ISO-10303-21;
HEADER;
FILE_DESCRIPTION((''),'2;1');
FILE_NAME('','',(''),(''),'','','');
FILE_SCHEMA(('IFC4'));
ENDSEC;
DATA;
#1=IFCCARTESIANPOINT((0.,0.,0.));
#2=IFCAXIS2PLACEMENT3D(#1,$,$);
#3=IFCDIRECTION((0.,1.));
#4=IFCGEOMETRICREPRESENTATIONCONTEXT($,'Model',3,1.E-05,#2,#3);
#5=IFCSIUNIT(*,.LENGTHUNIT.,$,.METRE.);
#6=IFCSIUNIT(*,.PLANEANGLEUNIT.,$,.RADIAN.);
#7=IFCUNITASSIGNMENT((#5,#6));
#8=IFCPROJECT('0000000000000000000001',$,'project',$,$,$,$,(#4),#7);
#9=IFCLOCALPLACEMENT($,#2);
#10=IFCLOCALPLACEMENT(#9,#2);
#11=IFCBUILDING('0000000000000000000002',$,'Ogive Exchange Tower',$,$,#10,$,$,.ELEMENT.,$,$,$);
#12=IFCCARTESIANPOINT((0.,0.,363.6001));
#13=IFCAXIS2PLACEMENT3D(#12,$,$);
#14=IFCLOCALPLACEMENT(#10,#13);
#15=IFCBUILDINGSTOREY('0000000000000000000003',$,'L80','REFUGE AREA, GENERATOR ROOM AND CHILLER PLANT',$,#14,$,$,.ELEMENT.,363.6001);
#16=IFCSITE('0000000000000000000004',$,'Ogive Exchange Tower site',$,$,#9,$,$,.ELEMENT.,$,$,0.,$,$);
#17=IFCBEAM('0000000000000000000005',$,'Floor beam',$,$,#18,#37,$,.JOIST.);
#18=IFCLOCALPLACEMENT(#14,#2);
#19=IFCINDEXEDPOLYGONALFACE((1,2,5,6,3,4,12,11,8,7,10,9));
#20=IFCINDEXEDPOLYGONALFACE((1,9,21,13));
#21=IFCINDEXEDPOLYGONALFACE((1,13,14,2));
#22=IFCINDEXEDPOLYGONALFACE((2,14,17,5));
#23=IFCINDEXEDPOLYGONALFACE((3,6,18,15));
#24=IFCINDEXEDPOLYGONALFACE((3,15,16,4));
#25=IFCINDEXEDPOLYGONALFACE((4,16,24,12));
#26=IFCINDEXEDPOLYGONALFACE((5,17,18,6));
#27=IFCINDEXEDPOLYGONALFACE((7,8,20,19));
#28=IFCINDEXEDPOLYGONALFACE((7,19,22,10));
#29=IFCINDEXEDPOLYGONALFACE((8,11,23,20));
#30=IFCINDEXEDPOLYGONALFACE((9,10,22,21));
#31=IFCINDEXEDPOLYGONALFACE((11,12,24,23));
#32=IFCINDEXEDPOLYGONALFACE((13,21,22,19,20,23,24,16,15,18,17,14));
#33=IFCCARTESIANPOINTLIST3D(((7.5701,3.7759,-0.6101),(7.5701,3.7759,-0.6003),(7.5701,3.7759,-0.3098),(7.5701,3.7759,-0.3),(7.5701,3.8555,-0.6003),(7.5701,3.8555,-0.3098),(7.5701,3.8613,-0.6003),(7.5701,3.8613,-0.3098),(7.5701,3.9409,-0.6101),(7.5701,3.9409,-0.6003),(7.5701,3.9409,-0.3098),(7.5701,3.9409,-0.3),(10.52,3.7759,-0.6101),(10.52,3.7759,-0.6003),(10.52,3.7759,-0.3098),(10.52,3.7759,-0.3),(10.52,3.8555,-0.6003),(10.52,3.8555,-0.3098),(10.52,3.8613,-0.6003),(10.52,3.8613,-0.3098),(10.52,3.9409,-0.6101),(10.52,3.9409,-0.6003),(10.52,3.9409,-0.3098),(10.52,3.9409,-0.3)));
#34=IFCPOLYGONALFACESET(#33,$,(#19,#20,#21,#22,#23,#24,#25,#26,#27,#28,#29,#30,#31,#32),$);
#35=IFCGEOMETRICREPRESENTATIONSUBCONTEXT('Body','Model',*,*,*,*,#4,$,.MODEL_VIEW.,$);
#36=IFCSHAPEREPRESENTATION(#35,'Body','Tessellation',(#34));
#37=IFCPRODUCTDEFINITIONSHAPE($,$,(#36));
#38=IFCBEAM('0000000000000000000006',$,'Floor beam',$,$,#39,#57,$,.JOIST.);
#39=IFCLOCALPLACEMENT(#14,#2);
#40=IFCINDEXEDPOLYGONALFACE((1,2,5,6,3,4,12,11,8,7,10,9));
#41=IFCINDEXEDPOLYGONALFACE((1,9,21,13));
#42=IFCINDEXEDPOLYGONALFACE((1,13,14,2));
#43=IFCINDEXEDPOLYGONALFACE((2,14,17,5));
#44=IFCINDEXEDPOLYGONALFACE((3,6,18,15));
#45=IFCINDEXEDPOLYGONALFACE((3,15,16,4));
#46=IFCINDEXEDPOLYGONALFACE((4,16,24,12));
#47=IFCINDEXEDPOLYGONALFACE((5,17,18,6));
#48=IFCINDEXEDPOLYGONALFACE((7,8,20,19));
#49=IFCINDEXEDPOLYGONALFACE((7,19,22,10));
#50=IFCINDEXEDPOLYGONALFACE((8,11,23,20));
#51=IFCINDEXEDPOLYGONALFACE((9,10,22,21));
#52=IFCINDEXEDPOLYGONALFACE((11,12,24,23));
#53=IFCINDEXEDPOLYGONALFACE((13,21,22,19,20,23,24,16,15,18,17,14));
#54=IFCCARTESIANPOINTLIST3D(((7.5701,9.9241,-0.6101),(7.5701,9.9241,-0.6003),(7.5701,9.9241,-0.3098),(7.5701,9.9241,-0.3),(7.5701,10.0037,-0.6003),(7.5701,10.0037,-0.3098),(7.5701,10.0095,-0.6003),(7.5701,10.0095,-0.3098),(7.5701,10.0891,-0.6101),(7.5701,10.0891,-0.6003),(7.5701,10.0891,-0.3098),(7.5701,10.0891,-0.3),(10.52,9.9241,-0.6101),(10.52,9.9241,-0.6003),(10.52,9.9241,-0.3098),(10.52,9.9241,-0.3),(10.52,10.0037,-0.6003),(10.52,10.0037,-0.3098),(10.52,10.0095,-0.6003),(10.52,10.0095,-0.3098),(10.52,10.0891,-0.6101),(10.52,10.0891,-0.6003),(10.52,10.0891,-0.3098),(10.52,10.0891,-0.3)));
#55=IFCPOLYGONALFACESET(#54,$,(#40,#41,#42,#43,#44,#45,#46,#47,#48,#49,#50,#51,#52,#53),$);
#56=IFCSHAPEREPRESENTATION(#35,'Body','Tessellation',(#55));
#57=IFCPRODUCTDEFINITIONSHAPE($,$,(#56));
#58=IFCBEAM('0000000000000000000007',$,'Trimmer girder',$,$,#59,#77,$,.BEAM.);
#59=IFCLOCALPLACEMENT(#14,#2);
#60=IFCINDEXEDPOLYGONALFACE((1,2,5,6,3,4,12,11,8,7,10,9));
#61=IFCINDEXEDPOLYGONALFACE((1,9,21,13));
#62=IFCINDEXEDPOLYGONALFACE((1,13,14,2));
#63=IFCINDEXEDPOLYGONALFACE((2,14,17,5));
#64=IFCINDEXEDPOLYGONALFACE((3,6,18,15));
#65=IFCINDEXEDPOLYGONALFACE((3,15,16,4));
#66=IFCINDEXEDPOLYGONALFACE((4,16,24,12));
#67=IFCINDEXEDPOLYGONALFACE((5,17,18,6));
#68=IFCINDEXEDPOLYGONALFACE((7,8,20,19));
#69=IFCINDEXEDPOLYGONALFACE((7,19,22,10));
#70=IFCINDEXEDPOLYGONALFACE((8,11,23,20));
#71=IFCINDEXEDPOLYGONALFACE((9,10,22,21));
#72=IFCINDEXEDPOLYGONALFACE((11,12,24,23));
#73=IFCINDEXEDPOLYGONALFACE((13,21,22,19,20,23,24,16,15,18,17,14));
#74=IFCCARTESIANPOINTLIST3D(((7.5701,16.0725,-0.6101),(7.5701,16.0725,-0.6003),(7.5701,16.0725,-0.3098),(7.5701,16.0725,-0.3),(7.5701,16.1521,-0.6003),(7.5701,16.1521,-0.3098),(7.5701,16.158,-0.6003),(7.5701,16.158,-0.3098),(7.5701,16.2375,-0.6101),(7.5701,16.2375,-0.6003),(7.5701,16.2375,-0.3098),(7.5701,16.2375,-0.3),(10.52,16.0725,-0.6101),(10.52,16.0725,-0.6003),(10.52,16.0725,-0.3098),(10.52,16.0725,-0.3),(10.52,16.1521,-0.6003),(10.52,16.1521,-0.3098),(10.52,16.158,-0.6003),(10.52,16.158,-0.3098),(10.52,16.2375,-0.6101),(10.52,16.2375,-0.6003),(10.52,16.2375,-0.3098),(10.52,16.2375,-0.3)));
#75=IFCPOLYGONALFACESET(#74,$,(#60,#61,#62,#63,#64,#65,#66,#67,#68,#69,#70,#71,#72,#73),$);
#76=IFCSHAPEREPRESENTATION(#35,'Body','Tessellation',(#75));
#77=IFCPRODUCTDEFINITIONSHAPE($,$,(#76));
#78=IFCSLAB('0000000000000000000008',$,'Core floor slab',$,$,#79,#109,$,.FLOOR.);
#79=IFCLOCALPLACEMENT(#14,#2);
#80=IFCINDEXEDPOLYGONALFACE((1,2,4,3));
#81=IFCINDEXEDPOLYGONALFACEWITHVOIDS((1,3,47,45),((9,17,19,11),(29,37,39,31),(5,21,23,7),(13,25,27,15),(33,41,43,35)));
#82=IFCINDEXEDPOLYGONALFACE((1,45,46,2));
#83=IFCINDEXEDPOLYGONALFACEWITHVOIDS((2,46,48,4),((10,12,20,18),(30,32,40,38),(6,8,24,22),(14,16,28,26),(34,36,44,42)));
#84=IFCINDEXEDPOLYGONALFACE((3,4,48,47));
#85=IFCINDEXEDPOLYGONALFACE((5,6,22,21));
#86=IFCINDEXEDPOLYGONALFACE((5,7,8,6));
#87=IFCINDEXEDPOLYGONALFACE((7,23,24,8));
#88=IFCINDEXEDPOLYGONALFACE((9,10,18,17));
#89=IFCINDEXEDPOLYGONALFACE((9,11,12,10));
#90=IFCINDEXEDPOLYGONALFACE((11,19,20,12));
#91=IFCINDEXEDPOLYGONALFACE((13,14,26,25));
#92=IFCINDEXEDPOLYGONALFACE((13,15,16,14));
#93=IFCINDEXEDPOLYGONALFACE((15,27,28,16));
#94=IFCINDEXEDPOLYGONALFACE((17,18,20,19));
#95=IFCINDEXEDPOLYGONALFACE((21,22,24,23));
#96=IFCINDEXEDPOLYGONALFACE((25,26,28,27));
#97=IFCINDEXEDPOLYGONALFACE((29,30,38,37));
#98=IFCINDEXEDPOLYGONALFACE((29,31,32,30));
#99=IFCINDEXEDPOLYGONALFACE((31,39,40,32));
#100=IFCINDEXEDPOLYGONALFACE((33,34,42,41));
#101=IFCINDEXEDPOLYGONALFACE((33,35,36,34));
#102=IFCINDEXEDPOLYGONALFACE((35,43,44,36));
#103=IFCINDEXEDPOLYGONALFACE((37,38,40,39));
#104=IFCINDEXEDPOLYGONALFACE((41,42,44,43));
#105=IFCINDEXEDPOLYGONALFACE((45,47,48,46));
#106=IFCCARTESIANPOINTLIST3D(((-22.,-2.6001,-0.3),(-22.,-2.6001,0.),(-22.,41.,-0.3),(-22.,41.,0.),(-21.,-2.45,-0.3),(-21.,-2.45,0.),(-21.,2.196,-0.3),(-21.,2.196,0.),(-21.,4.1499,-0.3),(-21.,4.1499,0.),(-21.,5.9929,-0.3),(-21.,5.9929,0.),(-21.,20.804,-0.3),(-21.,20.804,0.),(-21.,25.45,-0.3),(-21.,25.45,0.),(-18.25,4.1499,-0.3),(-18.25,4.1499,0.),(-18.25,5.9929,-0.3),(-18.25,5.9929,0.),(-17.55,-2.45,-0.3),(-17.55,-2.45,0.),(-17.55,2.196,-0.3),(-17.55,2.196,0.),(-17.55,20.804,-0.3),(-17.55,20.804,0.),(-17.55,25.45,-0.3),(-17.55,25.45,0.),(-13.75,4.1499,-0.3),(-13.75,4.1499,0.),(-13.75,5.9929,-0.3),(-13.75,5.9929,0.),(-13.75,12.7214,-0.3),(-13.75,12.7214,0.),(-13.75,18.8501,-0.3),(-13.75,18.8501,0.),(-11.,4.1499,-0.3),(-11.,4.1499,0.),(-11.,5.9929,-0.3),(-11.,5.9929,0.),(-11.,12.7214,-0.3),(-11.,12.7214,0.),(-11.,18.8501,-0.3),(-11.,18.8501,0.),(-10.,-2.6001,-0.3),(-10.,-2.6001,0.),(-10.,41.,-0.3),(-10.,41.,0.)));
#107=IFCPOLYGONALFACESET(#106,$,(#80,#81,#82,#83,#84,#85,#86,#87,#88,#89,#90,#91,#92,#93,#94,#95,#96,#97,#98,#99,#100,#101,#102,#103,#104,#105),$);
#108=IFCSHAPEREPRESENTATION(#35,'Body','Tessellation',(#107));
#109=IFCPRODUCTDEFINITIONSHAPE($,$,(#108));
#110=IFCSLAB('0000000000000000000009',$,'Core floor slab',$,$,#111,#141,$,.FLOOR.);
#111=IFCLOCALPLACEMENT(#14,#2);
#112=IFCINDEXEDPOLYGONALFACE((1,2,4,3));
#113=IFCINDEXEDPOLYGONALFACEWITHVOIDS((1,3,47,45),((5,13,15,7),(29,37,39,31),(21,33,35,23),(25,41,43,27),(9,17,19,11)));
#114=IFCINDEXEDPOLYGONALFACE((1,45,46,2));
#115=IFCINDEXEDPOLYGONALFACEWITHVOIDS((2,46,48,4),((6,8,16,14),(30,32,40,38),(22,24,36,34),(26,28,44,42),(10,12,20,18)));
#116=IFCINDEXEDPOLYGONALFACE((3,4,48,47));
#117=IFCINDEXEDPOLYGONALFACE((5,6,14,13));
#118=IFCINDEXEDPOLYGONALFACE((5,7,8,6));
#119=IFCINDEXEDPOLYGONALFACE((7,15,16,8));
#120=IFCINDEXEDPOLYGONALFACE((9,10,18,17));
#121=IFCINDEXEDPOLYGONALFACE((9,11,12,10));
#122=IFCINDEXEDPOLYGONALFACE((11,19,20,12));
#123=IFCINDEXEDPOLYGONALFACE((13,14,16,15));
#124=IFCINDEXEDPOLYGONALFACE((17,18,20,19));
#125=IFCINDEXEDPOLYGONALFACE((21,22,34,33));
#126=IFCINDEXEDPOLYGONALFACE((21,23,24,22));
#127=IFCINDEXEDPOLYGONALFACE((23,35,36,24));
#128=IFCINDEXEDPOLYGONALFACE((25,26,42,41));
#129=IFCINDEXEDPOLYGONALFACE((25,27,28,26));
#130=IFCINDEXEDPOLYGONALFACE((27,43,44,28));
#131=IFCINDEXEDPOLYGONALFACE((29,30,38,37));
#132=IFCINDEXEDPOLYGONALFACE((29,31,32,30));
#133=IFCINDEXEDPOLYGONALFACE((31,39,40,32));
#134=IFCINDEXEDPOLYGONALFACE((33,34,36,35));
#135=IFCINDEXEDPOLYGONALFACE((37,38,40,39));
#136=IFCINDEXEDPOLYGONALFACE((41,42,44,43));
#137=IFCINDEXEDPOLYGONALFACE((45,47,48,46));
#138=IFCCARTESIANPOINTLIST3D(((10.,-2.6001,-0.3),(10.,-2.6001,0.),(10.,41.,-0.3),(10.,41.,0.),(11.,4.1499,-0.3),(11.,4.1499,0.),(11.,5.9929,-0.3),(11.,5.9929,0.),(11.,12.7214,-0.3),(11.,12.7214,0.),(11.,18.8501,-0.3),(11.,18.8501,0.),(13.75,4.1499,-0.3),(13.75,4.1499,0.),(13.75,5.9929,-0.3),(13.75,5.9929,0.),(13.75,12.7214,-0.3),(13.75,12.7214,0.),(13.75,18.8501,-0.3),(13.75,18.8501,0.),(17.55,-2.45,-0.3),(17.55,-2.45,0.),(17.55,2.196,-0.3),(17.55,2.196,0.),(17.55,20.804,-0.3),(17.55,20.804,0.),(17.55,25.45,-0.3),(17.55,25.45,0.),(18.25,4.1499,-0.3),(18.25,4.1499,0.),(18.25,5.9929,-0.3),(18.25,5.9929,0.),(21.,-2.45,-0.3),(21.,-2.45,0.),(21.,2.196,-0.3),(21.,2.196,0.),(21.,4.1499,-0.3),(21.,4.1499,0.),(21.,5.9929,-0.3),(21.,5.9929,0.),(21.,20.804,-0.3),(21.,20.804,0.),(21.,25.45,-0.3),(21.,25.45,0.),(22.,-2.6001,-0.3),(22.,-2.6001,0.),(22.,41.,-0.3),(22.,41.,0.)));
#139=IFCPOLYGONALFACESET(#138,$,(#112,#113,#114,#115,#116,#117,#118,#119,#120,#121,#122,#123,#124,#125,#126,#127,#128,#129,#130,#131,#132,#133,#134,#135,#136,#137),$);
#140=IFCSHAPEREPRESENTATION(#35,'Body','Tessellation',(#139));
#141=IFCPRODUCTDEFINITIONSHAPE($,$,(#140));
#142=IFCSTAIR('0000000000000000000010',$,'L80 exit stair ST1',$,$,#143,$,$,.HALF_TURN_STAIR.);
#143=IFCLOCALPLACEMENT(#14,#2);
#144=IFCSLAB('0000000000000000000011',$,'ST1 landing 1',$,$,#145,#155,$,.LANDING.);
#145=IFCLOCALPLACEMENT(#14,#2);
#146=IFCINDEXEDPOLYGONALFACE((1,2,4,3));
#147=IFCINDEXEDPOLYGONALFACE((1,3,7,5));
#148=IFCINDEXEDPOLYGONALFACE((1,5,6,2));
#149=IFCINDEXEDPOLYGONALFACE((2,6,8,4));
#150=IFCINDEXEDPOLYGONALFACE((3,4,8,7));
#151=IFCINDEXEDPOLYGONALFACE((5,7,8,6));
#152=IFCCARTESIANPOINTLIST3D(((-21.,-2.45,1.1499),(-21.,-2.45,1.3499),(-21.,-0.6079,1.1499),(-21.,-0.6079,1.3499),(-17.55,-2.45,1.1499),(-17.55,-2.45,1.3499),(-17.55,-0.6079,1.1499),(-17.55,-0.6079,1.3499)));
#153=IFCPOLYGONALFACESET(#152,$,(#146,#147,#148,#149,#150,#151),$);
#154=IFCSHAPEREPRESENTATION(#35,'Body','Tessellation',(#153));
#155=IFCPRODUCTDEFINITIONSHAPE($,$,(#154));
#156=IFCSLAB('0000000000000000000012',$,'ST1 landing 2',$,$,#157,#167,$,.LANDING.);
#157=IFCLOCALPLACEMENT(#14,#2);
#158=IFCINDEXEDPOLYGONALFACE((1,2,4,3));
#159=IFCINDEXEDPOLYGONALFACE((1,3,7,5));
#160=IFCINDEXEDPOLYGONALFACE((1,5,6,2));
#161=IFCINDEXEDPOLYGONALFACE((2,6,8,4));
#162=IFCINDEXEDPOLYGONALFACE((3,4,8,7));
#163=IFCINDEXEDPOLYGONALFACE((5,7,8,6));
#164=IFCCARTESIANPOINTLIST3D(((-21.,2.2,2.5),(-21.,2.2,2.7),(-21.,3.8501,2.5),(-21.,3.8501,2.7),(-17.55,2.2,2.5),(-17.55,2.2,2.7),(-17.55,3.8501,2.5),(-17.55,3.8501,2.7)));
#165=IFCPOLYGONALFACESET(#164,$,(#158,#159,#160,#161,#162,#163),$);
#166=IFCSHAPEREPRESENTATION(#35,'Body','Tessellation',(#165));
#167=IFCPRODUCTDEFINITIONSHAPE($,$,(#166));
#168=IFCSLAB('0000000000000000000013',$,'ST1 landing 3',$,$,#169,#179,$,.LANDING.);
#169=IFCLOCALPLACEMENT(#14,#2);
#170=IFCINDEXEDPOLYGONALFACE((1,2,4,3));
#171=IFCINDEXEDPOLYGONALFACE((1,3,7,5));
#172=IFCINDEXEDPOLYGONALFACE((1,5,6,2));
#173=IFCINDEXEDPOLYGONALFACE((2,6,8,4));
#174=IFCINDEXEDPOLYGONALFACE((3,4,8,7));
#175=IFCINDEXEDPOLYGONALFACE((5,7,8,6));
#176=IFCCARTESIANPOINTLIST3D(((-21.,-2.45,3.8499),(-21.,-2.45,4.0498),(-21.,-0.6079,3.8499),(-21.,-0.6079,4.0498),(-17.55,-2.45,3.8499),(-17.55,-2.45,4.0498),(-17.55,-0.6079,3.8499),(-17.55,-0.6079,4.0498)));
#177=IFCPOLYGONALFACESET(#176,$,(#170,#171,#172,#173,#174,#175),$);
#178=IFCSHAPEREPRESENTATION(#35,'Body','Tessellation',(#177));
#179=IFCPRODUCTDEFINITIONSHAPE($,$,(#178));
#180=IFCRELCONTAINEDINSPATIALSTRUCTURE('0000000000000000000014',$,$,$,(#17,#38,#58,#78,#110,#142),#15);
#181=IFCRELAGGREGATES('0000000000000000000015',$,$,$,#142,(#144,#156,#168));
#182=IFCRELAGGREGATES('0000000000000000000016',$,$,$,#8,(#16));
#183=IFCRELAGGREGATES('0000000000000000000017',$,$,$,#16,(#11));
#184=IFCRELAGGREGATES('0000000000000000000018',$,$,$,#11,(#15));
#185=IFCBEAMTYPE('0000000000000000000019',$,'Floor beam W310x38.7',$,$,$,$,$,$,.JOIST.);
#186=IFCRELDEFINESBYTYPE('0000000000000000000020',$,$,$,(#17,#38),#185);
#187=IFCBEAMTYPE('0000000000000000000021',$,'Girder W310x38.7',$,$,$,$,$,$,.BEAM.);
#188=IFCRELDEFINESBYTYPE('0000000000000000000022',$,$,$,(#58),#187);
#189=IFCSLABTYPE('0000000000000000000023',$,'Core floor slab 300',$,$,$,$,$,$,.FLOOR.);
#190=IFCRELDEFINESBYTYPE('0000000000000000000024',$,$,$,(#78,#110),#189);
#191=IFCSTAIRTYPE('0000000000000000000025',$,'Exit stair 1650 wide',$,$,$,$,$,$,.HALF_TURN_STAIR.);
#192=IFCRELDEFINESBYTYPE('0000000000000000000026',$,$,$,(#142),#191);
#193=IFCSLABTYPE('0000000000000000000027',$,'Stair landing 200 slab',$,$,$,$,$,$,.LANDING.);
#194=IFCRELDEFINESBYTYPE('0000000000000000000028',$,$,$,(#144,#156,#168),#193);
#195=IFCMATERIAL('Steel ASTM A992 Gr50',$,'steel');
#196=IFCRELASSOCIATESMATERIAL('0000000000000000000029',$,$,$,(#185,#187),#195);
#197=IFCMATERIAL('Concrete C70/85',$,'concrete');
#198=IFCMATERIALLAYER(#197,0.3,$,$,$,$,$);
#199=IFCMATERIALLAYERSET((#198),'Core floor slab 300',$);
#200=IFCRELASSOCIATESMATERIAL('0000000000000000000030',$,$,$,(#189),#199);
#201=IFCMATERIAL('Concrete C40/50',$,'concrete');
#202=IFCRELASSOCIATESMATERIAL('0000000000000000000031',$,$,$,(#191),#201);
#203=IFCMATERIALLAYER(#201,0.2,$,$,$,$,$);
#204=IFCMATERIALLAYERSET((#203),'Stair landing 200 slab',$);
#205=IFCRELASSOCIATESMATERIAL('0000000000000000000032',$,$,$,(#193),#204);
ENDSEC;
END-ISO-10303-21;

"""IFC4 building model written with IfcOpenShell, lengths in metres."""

from ifc_helpers import new_model, si_unit, direction, frame, origin, origin_2d, place, context, subcontext, project, spatial, polyline, i_section, outline, extrude, material, layer, layer_set, material_profile, profile_set, type_object, element, aggregate, save


model = new_model("IFC4")

# Units and contexts
model_context = context("Model", 3, precision=1e-05, world=origin(), true_north=direction((0.0, 1.0)))
body_context = subcontext(model_context, "Body", "Model", "MODEL_VIEW")
ifc_project = project(units=[si_unit("LENGTHUNIT", "METRE"), si_unit("PLANEANGLEUNIT", "RADIAN")], contexts=[model_context])

# Site, building, storey
site_placement = place(None, origin())
site = spatial("IfcSite", under=ifc_project, at=site_placement, Name="Ogive Exchange Tower site", CompositionType="ELEMENT", RefElevation=0.0)
building_placement = place(site_placement, origin())
building = spatial("IfcBuilding", under=site, at=building_placement, Name="Ogive Exchange Tower", CompositionType="ELEMENT")
storey_placement = place(building_placement, frame((0.0, 0.0, 363.6001)))
storey = spatial("IfcBuildingStorey", under=building, at=storey_placement, Name="L80", Description="REFUGE AREA, GENERATOR ROOM AND CHILLER PLANT", CompositionType="ELEMENT", Elevation=363.6001)

# Beams
ifc_material_1 = material(Name="Steel ASTM A992 Gr50", Category="steel")
ifc_material_profile_1 = material_profile(ifc_material_1, i_section(OverallWidth=0.165, OverallDepth=0.3101, WebThickness=0.0059, FlangeThickness=0.0098, at=origin_2d()), Name="W310x38.7")
ifc_profile_set_1 = profile_set([ifc_material_profile_1], Name="Steel ASTM A992 Gr50")
beam_type_1 = type_object("IfcBeamType", Name="Floor beam W310x38.7", PredefinedType="JOIST", material=ifc_profile_set_1)
for number, where, z_axis, x_axis, name in (
    (1, (7.5701, 3.8584, -0.4551), (1.0, 0.0, 0.0), (0.0, 1.0, 0.0), "Floor beam"),
    (2, (7.5701, 10.0066, -0.4551), (1.0, 0.0, 0.0), (0.0, 1.0, 0.0), "Floor beam"),
):
    element("IfcBeam", number, at=place(storey_placement, frame(where, z_axis=z_axis, x_axis=x_axis)), inside=storey, type_object=beam_type_1, Name=name, PredefinedType="JOIST", context=body_context, shape_type="SweptSolid", body=[
        extrude(i_section(OverallWidth=0.165, OverallDepth=0.3101, WebThickness=0.0059, FlangeThickness=0.0098, at=origin_2d()), origin(), (0.0, 0.0, 1.0), 2.95),
    ])
ifc_material_profile_2 = material_profile(ifc_material_1, i_section(OverallWidth=0.165, OverallDepth=0.3101, WebThickness=0.0059, FlangeThickness=0.0098, at=origin_2d()), Name="W310x38.7")
ifc_profile_set_2 = profile_set([ifc_material_profile_2], Name="Steel ASTM A992 Gr50")
beam_type_2 = type_object("IfcBeamType", Name="Girder W310x38.7", PredefinedType="BEAM", material=ifc_profile_set_2)
beam_placement = place(storey_placement, frame((7.5701, 16.155, -0.4551), z_axis=(1.0, 0.0, 0.0), x_axis=(0.0, 1.0, 0.0)))
element("IfcBeam", 3, at=beam_placement, inside=storey, type_object=beam_type_2, Name="Trimmer girder", PredefinedType="BEAM", context=body_context, shape_type="SweptSolid", body=[
    extrude(i_section(OverallWidth=0.165, OverallDepth=0.3101, WebThickness=0.0059, FlangeThickness=0.0098, at=origin_2d()), origin(), (0.0, 0.0, 1.0), 2.95),
])

# Slabs
ifc_material_2 = material(Name="Concrete C70/85", Category="concrete")
ifc_layer_1 = layer(ifc_material_2, 0.3)
ifc_layer_set_1 = layer_set([ifc_layer_1], Name="Core floor slab 300")
slab_type_1 = type_object("IfcSlabType", Name="Core floor slab 300", PredefinedType="FLOOR", material=ifc_layer_set_1)
slab_1_placement = place(storey_placement, frame((0.0, 0.0, -0.3)))
element("IfcSlab", 4, at=slab_1_placement, inside=storey, type_object=slab_type_1, Name="Core floor slab", PredefinedType="FLOOR", context=body_context, shape_type="SweptSolid", body=[
    extrude(outline(polyline([(-22.0, -2.6001), (-22.0, 41.0), (-10.0, 41.0), (-10.0, -2.6001), (-22.0, -2.6001)]), holes=[polyline([(-17.55, 2.196), (-21.0, 2.196), (-21.0, -2.45), (-17.55, -2.45), (-17.55, 2.196)]), polyline([(-21.0, 5.9929), (-21.0, 4.1499), (-18.25, 4.1499), (-18.25, 5.9929), (-21.0, 5.9929)]), polyline([(-13.75, 5.9929), (-13.75, 4.1499), (-11.0, 4.1499), (-11.0, 5.9929), (-13.75, 5.9929)]), polyline([(-11.0, 18.8501), (-13.75, 18.8501), (-13.75, 12.7214), (-11.0, 12.7214), (-11.0, 18.8501)]), polyline([(-21.0, 25.45), (-21.0, 20.804), (-17.55, 20.804), (-17.55, 25.45), (-21.0, 25.45)])]), origin(), (0.0, 0.0, 1.0), 0.3),
])
slab_2_placement = place(storey_placement, frame((0.0, 0.0, -0.3)))
element("IfcSlab", 5, at=slab_2_placement, inside=storey, type_object=slab_type_1, Name="Core floor slab", PredefinedType="FLOOR", context=body_context, shape_type="SweptSolid", body=[
    extrude(outline(polyline([(10.0, -2.6001), (10.0, 41.0), (22.0, 41.0), (22.0, -2.6001), (10.0, -2.6001)]), holes=[polyline([(21.0, 2.196), (17.55, 2.196), (17.55, -2.45), (21.0, -2.45), (21.0, 2.196)]), polyline([(11.0, 5.9929), (11.0, 4.1499), (13.75, 4.1499), (13.75, 5.9929), (11.0, 5.9929)]), polyline([(18.25, 5.9929), (18.25, 4.1499), (21.0, 4.1499), (21.0, 5.9929), (18.25, 5.9929)]), polyline([(13.75, 18.8501), (11.0, 18.8501), (11.0, 12.7214), (13.75, 12.7214), (13.75, 18.8501)]), polyline([(17.55, 25.45), (17.55, 20.804), (21.0, 20.804), (21.0, 25.45), (17.55, 25.45)])]), origin(), (0.0, 0.0, 1.0), 0.3),
])

# Stair, slabs
ifc_material_3 = material(Name="Concrete C40/50", Category="concrete")
stair_type = type_object("IfcStairType", Name="Exit stair 1650 wide", PredefinedType="HALF_TURN_STAIR", material=ifc_material_3)
stair_1_placement = place(storey_placement, origin())
stair_1 = element("IfcStair", 6, at=stair_1_placement, inside=storey, type_object=stair_type, Name="L80 exit stair ST1", PredefinedType="HALF_TURN_STAIR")
ifc_layer_2 = layer(ifc_material_3, 0.2)
ifc_layer_set_2 = layer_set([ifc_layer_2], Name="Stair landing 200 slab")
slab_type_2 = type_object("IfcSlabType", Name="Stair landing 200 slab", PredefinedType="LANDING", material=ifc_layer_set_2)
slab_3_placement = place(storey_placement, frame((0.0, 0.0, 1.1499)))
slab_3 = element("IfcSlab", 7, at=slab_3_placement, type_object=slab_type_2, Name="ST1 landing 1", PredefinedType="LANDING", context=body_context, shape_type="SweptSolid", body=[
    extrude(outline(polyline([(-21.0, -0.6079), (-21.0, -2.45), (-17.55, -2.45), (-17.55, -0.6079), (-21.0, -0.6079)])), origin(), (0.0, 0.0, 1.0), 0.2),
])
slab_4_placement = place(storey_placement, frame((0.0, 0.0, 2.5)))
slab_4 = element("IfcSlab", 8, at=slab_4_placement, type_object=slab_type_2, Name="ST1 landing 2", PredefinedType="LANDING", context=body_context, shape_type="SweptSolid", body=[
    extrude(outline(polyline([(-21.0, 3.8501), (-21.0, 2.2), (-17.55, 2.2), (-17.55, 3.8501), (-21.0, 3.8501)])), origin(), (0.0, 0.0, 1.0), 0.2),
])
slab_5_placement = place(storey_placement, frame((0.0, 0.0, 3.8499)))
slab_5 = element("IfcSlab", 9, at=slab_5_placement, type_object=slab_type_2, Name="ST1 landing 3", PredefinedType="LANDING", context=body_context, shape_type="SweptSolid", body=[
    extrude(outline(polyline([(-21.0, -0.6079), (-21.0, -2.45), (-17.55, -2.45), (-17.55, -0.6079), (-21.0, -0.6079)])), origin(), (0.0, 0.0, 1.0), 0.2),
])
aggregate(stair_1, [slab_3, slab_4, slab_5])

save(model, "model.ifc")
